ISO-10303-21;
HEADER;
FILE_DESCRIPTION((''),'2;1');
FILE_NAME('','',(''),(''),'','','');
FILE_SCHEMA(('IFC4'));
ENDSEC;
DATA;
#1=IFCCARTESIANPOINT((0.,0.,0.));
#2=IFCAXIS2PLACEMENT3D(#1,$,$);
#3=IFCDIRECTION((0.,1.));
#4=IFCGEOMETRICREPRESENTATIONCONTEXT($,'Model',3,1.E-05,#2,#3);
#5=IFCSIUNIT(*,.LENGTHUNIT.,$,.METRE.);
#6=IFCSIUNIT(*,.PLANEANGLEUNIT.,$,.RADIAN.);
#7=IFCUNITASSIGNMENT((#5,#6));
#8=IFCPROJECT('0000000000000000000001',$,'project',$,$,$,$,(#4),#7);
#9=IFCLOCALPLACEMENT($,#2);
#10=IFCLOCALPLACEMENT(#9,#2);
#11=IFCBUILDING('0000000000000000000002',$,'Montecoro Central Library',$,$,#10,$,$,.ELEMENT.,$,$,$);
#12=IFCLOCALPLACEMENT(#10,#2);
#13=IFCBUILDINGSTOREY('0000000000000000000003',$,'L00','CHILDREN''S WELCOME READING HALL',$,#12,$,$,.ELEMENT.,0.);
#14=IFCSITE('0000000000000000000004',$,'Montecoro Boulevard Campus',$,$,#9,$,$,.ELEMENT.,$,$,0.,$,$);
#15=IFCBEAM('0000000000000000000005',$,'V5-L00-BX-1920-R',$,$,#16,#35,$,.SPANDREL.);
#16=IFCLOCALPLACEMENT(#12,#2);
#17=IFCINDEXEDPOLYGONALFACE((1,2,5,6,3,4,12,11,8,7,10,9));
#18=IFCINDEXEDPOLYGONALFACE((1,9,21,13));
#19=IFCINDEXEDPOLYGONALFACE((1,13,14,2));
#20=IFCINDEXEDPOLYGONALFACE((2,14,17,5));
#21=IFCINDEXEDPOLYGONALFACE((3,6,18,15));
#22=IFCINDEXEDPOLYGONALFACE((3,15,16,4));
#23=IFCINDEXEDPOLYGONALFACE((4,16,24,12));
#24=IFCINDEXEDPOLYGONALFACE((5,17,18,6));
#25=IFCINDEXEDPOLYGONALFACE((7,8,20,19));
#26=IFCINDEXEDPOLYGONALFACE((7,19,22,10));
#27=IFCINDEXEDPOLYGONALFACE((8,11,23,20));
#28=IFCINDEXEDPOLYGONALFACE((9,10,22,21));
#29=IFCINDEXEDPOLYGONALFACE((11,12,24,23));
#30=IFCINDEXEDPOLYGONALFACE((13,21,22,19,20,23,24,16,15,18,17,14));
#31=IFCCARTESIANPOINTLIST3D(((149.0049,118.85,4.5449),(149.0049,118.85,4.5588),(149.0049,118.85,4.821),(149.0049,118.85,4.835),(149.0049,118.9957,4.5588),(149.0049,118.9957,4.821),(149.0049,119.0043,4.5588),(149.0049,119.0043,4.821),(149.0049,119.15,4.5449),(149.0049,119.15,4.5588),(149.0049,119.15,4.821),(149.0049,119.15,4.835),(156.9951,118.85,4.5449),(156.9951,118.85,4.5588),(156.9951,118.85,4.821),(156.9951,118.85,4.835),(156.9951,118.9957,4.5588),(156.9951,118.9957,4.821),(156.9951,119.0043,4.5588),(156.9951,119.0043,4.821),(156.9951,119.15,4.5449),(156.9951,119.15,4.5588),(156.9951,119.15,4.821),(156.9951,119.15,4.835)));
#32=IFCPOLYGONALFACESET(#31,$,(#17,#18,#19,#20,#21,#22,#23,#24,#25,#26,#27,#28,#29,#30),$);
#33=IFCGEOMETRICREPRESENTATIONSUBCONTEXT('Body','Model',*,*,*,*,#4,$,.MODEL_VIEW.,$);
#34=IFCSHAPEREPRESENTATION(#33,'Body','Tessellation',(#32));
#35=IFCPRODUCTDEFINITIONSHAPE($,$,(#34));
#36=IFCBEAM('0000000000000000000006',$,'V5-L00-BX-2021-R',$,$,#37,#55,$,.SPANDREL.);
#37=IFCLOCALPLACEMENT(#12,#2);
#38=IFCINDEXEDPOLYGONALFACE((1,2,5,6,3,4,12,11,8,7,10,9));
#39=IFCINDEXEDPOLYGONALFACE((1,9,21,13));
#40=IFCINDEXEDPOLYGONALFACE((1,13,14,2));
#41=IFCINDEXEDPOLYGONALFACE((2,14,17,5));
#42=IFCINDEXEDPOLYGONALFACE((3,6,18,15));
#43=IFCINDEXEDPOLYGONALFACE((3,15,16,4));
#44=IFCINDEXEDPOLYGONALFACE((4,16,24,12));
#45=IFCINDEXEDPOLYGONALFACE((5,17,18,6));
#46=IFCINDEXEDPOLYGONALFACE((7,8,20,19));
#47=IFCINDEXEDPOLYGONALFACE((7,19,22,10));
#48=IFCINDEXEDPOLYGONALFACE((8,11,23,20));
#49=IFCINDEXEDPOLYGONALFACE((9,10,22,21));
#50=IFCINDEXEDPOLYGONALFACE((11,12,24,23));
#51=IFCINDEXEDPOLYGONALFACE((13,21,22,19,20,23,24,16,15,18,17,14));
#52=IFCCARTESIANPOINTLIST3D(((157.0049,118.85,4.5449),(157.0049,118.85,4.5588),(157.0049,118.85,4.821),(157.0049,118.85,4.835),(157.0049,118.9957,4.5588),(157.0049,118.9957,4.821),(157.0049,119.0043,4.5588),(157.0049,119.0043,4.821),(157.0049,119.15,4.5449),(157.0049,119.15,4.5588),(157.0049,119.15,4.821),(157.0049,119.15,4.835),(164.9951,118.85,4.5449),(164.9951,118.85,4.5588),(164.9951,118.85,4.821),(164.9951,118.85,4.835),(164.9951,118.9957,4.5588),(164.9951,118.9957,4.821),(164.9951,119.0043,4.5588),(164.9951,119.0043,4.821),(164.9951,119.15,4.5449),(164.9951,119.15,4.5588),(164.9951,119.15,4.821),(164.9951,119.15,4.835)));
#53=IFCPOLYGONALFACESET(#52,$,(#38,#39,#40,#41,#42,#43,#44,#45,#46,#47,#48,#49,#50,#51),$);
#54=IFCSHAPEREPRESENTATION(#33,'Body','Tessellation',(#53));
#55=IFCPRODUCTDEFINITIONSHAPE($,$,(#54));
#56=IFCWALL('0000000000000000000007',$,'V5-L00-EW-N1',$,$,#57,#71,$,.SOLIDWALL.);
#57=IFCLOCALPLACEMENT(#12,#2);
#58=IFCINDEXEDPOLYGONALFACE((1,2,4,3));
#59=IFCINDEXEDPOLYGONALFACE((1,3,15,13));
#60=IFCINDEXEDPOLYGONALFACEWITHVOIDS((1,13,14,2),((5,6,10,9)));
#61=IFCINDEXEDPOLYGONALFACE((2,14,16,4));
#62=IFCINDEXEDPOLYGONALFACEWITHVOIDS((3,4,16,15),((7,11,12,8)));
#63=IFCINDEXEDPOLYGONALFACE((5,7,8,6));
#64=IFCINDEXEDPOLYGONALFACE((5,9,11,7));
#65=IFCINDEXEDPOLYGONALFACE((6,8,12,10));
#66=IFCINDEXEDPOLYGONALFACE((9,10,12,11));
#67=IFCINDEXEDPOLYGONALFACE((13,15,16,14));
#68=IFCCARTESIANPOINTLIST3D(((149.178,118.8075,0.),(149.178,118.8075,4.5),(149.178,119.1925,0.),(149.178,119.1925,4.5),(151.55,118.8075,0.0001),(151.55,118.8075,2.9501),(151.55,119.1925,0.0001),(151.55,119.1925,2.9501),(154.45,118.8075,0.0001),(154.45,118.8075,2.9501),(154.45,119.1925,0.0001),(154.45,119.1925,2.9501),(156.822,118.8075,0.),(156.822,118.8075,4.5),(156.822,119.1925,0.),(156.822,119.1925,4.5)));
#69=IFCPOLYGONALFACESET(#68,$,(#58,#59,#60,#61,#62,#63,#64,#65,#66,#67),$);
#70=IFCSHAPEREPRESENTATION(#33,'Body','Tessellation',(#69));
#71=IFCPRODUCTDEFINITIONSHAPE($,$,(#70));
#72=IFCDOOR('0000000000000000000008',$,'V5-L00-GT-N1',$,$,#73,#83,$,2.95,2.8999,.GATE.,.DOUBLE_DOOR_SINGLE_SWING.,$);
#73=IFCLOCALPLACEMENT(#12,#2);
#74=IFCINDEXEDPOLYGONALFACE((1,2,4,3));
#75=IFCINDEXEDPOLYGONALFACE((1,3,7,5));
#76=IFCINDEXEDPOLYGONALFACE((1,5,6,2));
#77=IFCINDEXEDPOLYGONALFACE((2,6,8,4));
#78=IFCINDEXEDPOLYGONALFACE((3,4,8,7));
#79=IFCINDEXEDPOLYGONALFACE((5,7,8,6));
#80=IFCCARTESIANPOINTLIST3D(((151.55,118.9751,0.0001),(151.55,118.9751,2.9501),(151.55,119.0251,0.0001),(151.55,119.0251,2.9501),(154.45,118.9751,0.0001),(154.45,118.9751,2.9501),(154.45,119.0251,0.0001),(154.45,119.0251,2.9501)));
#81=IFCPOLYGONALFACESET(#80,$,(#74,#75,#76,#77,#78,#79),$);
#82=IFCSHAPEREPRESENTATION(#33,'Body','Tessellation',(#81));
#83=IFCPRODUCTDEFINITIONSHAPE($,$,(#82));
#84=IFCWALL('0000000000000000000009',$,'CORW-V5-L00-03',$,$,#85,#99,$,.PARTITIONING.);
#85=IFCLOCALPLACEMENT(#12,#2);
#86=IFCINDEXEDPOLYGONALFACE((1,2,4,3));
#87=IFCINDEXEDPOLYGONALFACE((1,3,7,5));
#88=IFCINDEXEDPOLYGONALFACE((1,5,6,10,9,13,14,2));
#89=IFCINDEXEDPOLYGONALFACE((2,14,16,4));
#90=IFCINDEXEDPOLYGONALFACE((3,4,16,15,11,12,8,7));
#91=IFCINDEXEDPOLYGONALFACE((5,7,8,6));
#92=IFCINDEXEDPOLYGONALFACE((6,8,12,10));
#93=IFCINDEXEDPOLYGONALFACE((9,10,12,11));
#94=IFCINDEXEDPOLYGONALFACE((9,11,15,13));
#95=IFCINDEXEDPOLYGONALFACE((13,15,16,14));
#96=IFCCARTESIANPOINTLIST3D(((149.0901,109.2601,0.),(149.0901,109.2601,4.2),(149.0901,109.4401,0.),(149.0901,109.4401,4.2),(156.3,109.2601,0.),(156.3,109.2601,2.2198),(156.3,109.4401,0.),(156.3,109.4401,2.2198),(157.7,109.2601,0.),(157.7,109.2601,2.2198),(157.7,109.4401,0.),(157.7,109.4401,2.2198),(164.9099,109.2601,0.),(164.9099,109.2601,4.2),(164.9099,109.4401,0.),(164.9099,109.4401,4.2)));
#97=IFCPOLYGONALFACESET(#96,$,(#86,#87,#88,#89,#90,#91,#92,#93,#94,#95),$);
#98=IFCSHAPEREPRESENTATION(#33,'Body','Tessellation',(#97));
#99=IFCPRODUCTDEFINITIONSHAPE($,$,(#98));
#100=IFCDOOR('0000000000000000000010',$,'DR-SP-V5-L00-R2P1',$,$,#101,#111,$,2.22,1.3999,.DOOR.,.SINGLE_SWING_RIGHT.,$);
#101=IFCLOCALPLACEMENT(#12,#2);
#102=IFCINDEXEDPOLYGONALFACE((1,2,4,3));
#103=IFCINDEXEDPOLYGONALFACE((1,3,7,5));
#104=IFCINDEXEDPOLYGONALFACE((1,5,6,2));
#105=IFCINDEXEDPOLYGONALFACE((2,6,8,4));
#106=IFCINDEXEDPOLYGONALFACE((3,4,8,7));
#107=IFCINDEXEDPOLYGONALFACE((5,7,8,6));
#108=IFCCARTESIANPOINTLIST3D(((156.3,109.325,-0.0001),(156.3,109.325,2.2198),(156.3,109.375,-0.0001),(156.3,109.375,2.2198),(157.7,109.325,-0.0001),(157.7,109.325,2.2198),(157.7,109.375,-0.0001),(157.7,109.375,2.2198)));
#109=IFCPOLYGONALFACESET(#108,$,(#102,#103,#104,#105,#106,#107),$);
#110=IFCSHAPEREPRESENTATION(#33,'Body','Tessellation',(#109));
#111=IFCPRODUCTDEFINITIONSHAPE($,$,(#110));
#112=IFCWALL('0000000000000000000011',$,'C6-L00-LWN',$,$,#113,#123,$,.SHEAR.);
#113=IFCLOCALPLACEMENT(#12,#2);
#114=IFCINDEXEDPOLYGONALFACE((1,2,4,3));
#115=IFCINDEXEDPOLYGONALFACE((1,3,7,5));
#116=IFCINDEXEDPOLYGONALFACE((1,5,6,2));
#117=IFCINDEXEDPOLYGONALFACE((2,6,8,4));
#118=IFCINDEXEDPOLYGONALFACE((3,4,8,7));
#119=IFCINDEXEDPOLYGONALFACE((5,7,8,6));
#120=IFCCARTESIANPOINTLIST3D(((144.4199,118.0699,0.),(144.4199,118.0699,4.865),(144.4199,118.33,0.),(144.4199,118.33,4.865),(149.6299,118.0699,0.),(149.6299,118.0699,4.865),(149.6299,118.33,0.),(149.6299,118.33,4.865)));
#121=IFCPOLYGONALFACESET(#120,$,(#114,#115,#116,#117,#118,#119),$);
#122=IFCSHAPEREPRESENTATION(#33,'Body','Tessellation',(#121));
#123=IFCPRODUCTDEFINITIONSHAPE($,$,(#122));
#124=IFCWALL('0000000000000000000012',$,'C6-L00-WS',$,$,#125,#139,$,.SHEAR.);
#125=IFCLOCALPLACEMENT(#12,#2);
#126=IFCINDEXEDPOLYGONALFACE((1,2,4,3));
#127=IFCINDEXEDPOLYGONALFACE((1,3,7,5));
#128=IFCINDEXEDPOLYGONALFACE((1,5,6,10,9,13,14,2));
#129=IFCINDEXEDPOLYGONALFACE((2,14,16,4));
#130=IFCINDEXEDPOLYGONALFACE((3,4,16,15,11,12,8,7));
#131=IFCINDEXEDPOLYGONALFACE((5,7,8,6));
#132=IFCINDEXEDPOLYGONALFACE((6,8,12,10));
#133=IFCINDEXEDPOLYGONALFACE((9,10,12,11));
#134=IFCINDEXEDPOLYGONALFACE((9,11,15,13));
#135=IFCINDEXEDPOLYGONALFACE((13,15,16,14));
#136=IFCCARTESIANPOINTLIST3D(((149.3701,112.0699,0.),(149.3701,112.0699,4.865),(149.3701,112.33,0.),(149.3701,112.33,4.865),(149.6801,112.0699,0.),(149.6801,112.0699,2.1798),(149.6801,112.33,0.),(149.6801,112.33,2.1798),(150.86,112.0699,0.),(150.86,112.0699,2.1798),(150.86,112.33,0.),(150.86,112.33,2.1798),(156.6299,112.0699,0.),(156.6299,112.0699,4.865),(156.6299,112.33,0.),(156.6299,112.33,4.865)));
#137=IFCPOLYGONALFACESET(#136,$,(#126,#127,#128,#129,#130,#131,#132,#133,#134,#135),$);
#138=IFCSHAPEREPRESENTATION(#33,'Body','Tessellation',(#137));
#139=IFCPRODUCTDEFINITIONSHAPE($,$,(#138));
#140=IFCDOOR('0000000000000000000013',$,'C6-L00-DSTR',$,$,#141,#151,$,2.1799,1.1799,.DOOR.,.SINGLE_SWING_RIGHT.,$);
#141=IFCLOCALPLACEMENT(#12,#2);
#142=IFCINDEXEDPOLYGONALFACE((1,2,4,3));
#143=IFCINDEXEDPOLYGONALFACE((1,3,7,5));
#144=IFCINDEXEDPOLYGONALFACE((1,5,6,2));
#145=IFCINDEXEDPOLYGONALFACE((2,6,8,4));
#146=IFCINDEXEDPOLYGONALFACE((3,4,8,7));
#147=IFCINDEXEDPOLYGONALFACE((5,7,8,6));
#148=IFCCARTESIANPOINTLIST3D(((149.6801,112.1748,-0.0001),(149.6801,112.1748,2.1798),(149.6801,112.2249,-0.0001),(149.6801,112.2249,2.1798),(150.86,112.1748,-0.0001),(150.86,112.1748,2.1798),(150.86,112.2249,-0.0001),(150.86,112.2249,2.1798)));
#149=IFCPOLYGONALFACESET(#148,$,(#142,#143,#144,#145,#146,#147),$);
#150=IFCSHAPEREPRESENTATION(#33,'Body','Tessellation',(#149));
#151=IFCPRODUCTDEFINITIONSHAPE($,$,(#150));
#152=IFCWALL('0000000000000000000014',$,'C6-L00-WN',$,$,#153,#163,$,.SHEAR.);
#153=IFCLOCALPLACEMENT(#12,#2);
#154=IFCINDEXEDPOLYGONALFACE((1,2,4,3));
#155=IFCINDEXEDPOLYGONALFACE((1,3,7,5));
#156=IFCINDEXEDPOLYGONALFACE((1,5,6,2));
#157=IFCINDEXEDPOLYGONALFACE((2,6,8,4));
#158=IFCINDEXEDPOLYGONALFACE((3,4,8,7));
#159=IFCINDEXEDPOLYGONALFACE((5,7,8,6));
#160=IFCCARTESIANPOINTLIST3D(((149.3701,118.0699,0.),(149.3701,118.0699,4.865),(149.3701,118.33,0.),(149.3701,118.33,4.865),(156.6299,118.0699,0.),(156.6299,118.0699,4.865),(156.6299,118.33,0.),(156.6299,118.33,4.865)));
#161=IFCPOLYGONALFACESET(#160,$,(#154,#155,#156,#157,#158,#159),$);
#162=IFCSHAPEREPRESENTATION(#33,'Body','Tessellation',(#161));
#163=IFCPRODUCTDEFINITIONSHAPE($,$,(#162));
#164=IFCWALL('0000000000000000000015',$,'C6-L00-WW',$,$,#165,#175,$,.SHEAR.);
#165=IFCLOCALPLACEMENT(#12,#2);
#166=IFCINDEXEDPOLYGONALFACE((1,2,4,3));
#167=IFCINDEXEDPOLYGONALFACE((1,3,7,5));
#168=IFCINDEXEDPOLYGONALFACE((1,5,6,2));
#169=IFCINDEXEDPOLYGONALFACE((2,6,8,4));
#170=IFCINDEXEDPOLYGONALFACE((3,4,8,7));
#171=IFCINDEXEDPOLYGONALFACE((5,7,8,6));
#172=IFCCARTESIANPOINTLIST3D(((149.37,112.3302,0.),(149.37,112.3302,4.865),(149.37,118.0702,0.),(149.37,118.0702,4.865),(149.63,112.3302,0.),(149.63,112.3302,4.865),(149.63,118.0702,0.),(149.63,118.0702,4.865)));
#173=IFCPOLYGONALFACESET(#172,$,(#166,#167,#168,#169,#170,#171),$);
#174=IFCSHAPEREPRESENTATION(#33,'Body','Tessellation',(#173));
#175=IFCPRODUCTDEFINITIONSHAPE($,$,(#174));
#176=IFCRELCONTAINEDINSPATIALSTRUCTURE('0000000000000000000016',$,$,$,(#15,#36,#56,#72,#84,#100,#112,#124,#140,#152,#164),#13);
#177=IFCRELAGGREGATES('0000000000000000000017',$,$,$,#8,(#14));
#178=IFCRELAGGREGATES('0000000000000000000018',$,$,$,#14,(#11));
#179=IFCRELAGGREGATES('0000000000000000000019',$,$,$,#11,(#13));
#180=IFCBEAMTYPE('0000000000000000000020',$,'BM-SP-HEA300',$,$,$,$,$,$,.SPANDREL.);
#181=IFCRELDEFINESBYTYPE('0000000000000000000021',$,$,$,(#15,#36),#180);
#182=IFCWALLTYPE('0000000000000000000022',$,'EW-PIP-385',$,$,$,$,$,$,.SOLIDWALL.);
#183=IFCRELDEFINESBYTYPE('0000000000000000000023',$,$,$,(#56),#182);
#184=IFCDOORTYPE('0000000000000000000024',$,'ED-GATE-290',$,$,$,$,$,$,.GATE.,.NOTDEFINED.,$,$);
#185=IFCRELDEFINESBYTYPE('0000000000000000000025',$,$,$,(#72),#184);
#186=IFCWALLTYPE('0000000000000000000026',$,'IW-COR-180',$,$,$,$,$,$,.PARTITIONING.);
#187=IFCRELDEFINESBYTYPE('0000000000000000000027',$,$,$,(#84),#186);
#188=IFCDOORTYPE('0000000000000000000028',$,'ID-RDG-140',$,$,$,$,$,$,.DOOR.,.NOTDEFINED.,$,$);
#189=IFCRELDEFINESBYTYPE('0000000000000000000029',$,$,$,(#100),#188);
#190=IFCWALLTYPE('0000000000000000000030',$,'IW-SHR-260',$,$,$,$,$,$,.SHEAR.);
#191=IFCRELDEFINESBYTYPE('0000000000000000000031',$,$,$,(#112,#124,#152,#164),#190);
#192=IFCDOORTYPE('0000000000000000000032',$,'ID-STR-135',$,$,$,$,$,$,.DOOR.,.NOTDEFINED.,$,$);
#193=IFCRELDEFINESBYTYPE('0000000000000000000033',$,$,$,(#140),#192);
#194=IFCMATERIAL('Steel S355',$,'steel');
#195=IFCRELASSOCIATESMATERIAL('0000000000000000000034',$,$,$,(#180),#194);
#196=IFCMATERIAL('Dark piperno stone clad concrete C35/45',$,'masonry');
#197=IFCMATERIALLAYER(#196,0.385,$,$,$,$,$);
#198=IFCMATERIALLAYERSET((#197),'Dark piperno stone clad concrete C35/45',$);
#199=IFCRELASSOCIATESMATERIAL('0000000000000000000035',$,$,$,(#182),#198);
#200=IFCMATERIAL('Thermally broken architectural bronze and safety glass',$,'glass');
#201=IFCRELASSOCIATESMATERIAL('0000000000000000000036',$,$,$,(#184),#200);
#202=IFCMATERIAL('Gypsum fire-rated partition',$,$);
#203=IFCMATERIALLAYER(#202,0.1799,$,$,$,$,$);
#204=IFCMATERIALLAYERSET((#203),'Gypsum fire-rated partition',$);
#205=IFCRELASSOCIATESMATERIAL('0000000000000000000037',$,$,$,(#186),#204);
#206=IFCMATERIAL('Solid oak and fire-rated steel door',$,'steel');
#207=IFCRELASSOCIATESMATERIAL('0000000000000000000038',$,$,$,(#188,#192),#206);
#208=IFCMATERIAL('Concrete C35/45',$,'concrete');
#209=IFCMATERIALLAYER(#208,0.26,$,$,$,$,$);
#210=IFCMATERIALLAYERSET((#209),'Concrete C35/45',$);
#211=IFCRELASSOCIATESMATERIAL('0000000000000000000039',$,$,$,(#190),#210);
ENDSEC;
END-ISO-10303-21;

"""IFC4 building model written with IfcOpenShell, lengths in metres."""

from ifc_helpers import new_model, si_unit, direction, frame, frame_2d, origin, origin_2d, place, context, subcontext, project, spatial, rectangle, i_section, extrude, material, layer, layer_set, material_profile, profile_set, type_object, element, fill, save


model = new_model("IFC4")

# Units and contexts
model_context = context("Model", 3, precision=1e-05, world=origin(), true_north=direction((0.0, 1.0)))
body_context = subcontext(model_context, "Body", "Model", "MODEL_VIEW")
ifc_project = project(units=[si_unit("LENGTHUNIT", "METRE"), si_unit("PLANEANGLEUNIT", "RADIAN")], contexts=[model_context])

# Site, building, storey
site_placement = place(None, origin())
site = spatial("IfcSite", under=ifc_project, at=site_placement, Name="Montecoro Boulevard Campus", CompositionType="ELEMENT", RefElevation=0.0)
building_placement = place(site_placement, origin())
building = spatial("IfcBuilding", under=site, at=building_placement, Name="Montecoro Central Library", CompositionType="ELEMENT")
storey_placement = place(building_placement, origin())
storey = spatial("IfcBuildingStorey", under=building, at=storey_placement, Name="L00", Description="CHILDREN'S WELCOME READING HALL", CompositionType="ELEMENT", Elevation=0.0)

# Beams
ifc_material_1 = material(Name="Steel S355", Category="steel")
ifc_material_2 = material(Name="Concrete C35/45", Category="concrete")
ifc_material_profile_1 = material_profile(ifc_material_1, i_section(OverallWidth=0.3, OverallDepth=0.29, WebThickness=0.0085, FlangeThickness=0.0139, at=origin_2d()), Name="HEA 300")
ifc_profile_set_1 = profile_set([ifc_material_profile_1], Name="Steel S355")
beam_type_1 = type_object("IfcBeamType", Name="BM-SP-HEA300", PredefinedType="SPANDREL", material=ifc_profile_set_1)
for number, where, z_axis, x_axis, name in (
    (1, (149.0049, 119.0, 4.6899), (1.0, 0.0, 0.0), (0.0, 1.0, 0.0), "V5-L00-BX-1920-R"),
    (2, (157.0049, 119.0, 4.6899), (1.0, 0.0, 0.0), (0.0, 1.0, 0.0), "V5-L00-BX-2021-R"),
):
    element("IfcBeam", number, at=place(storey_placement, frame(where, z_axis=z_axis, x_axis=x_axis)), inside=storey, type_object=beam_type_1, Name=name, PredefinedType="SPANDREL", context=body_context, shape_type="SweptSolid", body=[
        extrude(i_section(OverallWidth=0.3, OverallDepth=0.29, WebThickness=0.0085, FlangeThickness=0.0139, at=origin_2d()), origin(), (0.0, 0.0, 1.0), 7.9902),
    ])

# Walls, openings, doors
ifc_material_3 = material(Name="Dark piperno stone clad concrete C35/45", Category="masonry")
ifc_layer_1 = layer(ifc_material_3, 0.385)
ifc_layer_set_1 = layer_set([ifc_layer_1], Name="Dark piperno stone clad concrete C35/45")
wall_type_1 = type_object("IfcWallType", Name="EW-PIP-385", PredefinedType="SOLIDWALL", material=ifc_layer_set_1)
wall_1_placement = place(storey_placement, frame((156.822, 119.0, 0.0), z_axis=(0.0, 0.0, 1.0), x_axis=(-1.0, 0.0, 0.0)))
wall_1 = element("IfcWall", 3, at=wall_1_placement, inside=storey, type_object=wall_type_1, Name="V5-L00-EW-N1", PredefinedType="SOLIDWALL", context=body_context, shape_type="SweptSolid", body=[
    extrude(rectangle(XDim=7.644, YDim=0.385, at=frame_2d((3.822, 0.0))), origin(), (0.0, 0.0, 1.0), 4.5),
])
opening_1_placement = place(wall_1_placement, frame((2.3721, 0.0, 0.0)))
opening_1 = element("IfcOpeningElement", 4, at=opening_1_placement, cuts=wall_1, PredefinedType="OPENING", context=body_context, shape_type="SweptSolid", body=[
    extrude(rectangle(XDim=2.8999, YDim=2.95, at=frame_2d((1.45, 1.4751))), frame((0.0, 0.2024, 0.0), z_axis=(0.0, -1.0, 0.0), x_axis=(1.0, 0.0, 0.0)), (0.0, 0.0, 1.0), 0.405),
])
ifc_material_4 = material(Name="Thermally broken architectural bronze and safety glass", Category="glass")
door_type_1 = type_object("IfcDoorType", Name="ED-GATE-290", OperationType="NOTDEFINED", PredefinedType="GATE", material=ifc_material_4)
door_1_placement = place(opening_1_placement, origin())
door_1 = element("IfcDoor", 5, at=door_1_placement, inside=storey, type_object=door_type_1, Name="V5-L00-GT-N1", OperationType="DOUBLE_DOOR_SINGLE_SWING", OverallHeight=2.95, OverallWidth=2.8999, PredefinedType="GATE", context=body_context, shape_type="SweptSolid", body=[
    extrude(rectangle(XDim=2.8999, YDim=2.95, at=frame_2d((1.45, 1.4751))), frame((0.0, 0.0249, 0.0), z_axis=(0.0, -1.0, 0.0), x_axis=(1.0, 0.0, 0.0)), (0.0, 0.0, 1.0), 0.05),
])
fill(opening_1, door_1)
ifc_material_5 = material(Name="Gypsum fire-rated partition")
ifc_layer_2 = layer(ifc_material_5, 0.1799)
ifc_layer_set_2 = layer_set([ifc_layer_2], Name="Gypsum fire-rated partition")
wall_type_2 = type_object("IfcWallType", Name="IW-COR-180", PredefinedType="PARTITIONING", material=ifc_layer_set_2)
wall_2_placement = place(storey_placement, frame((149.0901, 109.3501, 0.0), z_axis=(0.0, 0.0, 1.0), x_axis=(1.0, 0.0, 0.0)))
wall_2 = element("IfcWall", 6, at=wall_2_placement, inside=storey, type_object=wall_type_2, Name="CORW-V5-L00-03", PredefinedType="PARTITIONING", context=body_context, shape_type="SweptSolid", body=[
    extrude(rectangle(XDim=15.8198, YDim=0.1799, at=frame_2d((7.9099, 0.0))), origin(), (0.0, 0.0, 1.0), 4.2),
])
opening_2_placement = place(wall_2_placement, frame((7.21, 0.0, 0.0)))
opening_2 = element("IfcOpeningElement", 7, at=opening_2_placement, cuts=wall_2, PredefinedType="OPENING", context=body_context, shape_type="SweptSolid", body=[
    extrude(rectangle(XDim=1.3999, YDim=2.22, at=frame_2d((0.7, 1.1099))), frame((0.0, 0.0999, 0.0), z_axis=(0.0, -1.0, 0.0), x_axis=(1.0, 0.0, 0.0)), (0.0, 0.0, 1.0), 0.2),
])
ifc_material_6 = material(Name="Solid oak and fire-rated steel door", Category="steel")
door_type_2 = type_object("IfcDoorType", Name="ID-RDG-140", OperationType="NOTDEFINED", PredefinedType="DOOR", material=ifc_material_6)
door_2_placement = place(opening_2_placement, origin())
door_2 = element("IfcDoor", 8, at=door_2_placement, inside=storey, type_object=door_type_2, Name="DR-SP-V5-L00-R2P1", OperationType="SINGLE_SWING_RIGHT", OverallHeight=2.22, OverallWidth=1.3999, PredefinedType="DOOR", context=body_context, shape_type="SweptSolid", body=[
    extrude(rectangle(XDim=1.3999, YDim=2.22, at=frame_2d((0.7, 1.1099))), frame((0.0, 0.0249, 0.0), z_axis=(0.0, -1.0, 0.0), x_axis=(1.0, 0.0, 0.0)), (0.0, 0.0, 1.0), 0.05),
])
fill(opening_2, door_2)

# Wall
ifc_layer_3 = layer(ifc_material_2, 0.26)
ifc_layer_set_3 = layer_set([ifc_layer_3], Name="Concrete C35/45")
wall_type_3 = type_object("IfcWallType", Name="IW-SHR-260", PredefinedType="SHEAR", material=ifc_layer_set_3)
wall_3_placement = place(storey_placement, frame((149.6299, 118.2, 0.0), z_axis=(0.0, 0.0, 1.0), x_axis=(-1.0, 0.0, 0.0)))
element("IfcWall", 9, at=wall_3_placement, inside=storey, type_object=wall_type_3, Name="C6-L00-LWN", PredefinedType="SHEAR", context=body_context, shape_type="SweptSolid", body=[
    extrude(rectangle(XDim=5.21, YDim=0.26, at=frame_2d((2.605, 0.0))), origin(), (0.0, 0.0, 1.0), 4.865),
])

# Wall, opening, door
wall_4_placement = place(storey_placement, frame((149.3701, 112.2, 0.0), z_axis=(0.0, 0.0, 1.0), x_axis=(1.0, 0.0, 0.0)))
wall_4 = element("IfcWall", 10, at=wall_4_placement, inside=storey, type_object=wall_type_3, Name="C6-L00-WS", PredefinedType="SHEAR", context=body_context, shape_type="SweptSolid", body=[
    extrude(rectangle(XDim=7.2598, YDim=0.26, at=frame_2d((3.6299, 0.0))), origin(), (0.0, 0.0, 1.0), 4.865),
])
opening_3_placement = place(wall_4_placement, frame((0.3101, 0.0, 0.0)))
opening_3 = element("IfcOpeningElement", 11, at=opening_3_placement, cuts=wall_4, PredefinedType="OPENING", context=body_context, shape_type="SweptSolid", body=[
    extrude(rectangle(XDim=1.1799, YDim=2.1799, at=frame_2d((0.5898, 1.0898))), frame((0.0, 0.1399, 0.0), z_axis=(0.0, -1.0, 0.0), x_axis=(1.0, 0.0, 0.0)), (0.0, 0.0, 1.0), 0.28),
])
door_type_3 = type_object("IfcDoorType", Name="ID-STR-135", OperationType="NOTDEFINED", PredefinedType="DOOR", material=ifc_material_6)
door_3_placement = place(opening_3_placement, origin())
door_3 = element("IfcDoor", 12, at=door_3_placement, inside=storey, type_object=door_type_3, Name="C6-L00-DSTR", OperationType="SINGLE_SWING_RIGHT", OverallHeight=2.1799, OverallWidth=1.1799, PredefinedType="DOOR", context=body_context, shape_type="SweptSolid", body=[
    extrude(rectangle(XDim=1.1799, YDim=2.1799, at=frame_2d((0.5898, 1.0898))), frame((0.0, 0.0249, 0.0), z_axis=(0.0, -1.0, 0.0), x_axis=(1.0, 0.0, 0.0)), (0.0, 0.0, 1.0), 0.05),
])
fill(opening_3, door_3)

# Walls
wall_5_placement = place(storey_placement, frame((149.3701, 118.2, 0.0), z_axis=(0.0, 0.0, 1.0), x_axis=(1.0, 0.0, 0.0)))
element("IfcWall", 13, at=wall_5_placement, inside=storey, type_object=wall_type_3, Name="C6-L00-WN", PredefinedType="SHEAR", context=body_context, shape_type="SweptSolid", body=[
    extrude(rectangle(XDim=7.2598, YDim=0.26, at=frame_2d((3.6299, 0.0))), origin(), (0.0, 0.0, 1.0), 4.865),
])
for number, where, z_axis, x_axis, name in (
    (14, (149.5, 112.3301, 0.0), (0.0, 0.0, 1.0), (0.0, 1.0, 0.0), "C6-L00-WW"),
):
    element("IfcWall", number, at=place(storey_placement, frame(where, z_axis=z_axis, x_axis=x_axis)), inside=storey, type_object=wall_type_3, Name=name, PredefinedType="SHEAR", context=body_context, shape_type="SweptSolid", body=[
        extrude(rectangle(XDim=5.74, YDim=0.26, at=frame_2d((2.8701, 0.0))), origin(), (0.0, 0.0, 1.0), 4.865),
    ])

save(model, "model.ifc")
